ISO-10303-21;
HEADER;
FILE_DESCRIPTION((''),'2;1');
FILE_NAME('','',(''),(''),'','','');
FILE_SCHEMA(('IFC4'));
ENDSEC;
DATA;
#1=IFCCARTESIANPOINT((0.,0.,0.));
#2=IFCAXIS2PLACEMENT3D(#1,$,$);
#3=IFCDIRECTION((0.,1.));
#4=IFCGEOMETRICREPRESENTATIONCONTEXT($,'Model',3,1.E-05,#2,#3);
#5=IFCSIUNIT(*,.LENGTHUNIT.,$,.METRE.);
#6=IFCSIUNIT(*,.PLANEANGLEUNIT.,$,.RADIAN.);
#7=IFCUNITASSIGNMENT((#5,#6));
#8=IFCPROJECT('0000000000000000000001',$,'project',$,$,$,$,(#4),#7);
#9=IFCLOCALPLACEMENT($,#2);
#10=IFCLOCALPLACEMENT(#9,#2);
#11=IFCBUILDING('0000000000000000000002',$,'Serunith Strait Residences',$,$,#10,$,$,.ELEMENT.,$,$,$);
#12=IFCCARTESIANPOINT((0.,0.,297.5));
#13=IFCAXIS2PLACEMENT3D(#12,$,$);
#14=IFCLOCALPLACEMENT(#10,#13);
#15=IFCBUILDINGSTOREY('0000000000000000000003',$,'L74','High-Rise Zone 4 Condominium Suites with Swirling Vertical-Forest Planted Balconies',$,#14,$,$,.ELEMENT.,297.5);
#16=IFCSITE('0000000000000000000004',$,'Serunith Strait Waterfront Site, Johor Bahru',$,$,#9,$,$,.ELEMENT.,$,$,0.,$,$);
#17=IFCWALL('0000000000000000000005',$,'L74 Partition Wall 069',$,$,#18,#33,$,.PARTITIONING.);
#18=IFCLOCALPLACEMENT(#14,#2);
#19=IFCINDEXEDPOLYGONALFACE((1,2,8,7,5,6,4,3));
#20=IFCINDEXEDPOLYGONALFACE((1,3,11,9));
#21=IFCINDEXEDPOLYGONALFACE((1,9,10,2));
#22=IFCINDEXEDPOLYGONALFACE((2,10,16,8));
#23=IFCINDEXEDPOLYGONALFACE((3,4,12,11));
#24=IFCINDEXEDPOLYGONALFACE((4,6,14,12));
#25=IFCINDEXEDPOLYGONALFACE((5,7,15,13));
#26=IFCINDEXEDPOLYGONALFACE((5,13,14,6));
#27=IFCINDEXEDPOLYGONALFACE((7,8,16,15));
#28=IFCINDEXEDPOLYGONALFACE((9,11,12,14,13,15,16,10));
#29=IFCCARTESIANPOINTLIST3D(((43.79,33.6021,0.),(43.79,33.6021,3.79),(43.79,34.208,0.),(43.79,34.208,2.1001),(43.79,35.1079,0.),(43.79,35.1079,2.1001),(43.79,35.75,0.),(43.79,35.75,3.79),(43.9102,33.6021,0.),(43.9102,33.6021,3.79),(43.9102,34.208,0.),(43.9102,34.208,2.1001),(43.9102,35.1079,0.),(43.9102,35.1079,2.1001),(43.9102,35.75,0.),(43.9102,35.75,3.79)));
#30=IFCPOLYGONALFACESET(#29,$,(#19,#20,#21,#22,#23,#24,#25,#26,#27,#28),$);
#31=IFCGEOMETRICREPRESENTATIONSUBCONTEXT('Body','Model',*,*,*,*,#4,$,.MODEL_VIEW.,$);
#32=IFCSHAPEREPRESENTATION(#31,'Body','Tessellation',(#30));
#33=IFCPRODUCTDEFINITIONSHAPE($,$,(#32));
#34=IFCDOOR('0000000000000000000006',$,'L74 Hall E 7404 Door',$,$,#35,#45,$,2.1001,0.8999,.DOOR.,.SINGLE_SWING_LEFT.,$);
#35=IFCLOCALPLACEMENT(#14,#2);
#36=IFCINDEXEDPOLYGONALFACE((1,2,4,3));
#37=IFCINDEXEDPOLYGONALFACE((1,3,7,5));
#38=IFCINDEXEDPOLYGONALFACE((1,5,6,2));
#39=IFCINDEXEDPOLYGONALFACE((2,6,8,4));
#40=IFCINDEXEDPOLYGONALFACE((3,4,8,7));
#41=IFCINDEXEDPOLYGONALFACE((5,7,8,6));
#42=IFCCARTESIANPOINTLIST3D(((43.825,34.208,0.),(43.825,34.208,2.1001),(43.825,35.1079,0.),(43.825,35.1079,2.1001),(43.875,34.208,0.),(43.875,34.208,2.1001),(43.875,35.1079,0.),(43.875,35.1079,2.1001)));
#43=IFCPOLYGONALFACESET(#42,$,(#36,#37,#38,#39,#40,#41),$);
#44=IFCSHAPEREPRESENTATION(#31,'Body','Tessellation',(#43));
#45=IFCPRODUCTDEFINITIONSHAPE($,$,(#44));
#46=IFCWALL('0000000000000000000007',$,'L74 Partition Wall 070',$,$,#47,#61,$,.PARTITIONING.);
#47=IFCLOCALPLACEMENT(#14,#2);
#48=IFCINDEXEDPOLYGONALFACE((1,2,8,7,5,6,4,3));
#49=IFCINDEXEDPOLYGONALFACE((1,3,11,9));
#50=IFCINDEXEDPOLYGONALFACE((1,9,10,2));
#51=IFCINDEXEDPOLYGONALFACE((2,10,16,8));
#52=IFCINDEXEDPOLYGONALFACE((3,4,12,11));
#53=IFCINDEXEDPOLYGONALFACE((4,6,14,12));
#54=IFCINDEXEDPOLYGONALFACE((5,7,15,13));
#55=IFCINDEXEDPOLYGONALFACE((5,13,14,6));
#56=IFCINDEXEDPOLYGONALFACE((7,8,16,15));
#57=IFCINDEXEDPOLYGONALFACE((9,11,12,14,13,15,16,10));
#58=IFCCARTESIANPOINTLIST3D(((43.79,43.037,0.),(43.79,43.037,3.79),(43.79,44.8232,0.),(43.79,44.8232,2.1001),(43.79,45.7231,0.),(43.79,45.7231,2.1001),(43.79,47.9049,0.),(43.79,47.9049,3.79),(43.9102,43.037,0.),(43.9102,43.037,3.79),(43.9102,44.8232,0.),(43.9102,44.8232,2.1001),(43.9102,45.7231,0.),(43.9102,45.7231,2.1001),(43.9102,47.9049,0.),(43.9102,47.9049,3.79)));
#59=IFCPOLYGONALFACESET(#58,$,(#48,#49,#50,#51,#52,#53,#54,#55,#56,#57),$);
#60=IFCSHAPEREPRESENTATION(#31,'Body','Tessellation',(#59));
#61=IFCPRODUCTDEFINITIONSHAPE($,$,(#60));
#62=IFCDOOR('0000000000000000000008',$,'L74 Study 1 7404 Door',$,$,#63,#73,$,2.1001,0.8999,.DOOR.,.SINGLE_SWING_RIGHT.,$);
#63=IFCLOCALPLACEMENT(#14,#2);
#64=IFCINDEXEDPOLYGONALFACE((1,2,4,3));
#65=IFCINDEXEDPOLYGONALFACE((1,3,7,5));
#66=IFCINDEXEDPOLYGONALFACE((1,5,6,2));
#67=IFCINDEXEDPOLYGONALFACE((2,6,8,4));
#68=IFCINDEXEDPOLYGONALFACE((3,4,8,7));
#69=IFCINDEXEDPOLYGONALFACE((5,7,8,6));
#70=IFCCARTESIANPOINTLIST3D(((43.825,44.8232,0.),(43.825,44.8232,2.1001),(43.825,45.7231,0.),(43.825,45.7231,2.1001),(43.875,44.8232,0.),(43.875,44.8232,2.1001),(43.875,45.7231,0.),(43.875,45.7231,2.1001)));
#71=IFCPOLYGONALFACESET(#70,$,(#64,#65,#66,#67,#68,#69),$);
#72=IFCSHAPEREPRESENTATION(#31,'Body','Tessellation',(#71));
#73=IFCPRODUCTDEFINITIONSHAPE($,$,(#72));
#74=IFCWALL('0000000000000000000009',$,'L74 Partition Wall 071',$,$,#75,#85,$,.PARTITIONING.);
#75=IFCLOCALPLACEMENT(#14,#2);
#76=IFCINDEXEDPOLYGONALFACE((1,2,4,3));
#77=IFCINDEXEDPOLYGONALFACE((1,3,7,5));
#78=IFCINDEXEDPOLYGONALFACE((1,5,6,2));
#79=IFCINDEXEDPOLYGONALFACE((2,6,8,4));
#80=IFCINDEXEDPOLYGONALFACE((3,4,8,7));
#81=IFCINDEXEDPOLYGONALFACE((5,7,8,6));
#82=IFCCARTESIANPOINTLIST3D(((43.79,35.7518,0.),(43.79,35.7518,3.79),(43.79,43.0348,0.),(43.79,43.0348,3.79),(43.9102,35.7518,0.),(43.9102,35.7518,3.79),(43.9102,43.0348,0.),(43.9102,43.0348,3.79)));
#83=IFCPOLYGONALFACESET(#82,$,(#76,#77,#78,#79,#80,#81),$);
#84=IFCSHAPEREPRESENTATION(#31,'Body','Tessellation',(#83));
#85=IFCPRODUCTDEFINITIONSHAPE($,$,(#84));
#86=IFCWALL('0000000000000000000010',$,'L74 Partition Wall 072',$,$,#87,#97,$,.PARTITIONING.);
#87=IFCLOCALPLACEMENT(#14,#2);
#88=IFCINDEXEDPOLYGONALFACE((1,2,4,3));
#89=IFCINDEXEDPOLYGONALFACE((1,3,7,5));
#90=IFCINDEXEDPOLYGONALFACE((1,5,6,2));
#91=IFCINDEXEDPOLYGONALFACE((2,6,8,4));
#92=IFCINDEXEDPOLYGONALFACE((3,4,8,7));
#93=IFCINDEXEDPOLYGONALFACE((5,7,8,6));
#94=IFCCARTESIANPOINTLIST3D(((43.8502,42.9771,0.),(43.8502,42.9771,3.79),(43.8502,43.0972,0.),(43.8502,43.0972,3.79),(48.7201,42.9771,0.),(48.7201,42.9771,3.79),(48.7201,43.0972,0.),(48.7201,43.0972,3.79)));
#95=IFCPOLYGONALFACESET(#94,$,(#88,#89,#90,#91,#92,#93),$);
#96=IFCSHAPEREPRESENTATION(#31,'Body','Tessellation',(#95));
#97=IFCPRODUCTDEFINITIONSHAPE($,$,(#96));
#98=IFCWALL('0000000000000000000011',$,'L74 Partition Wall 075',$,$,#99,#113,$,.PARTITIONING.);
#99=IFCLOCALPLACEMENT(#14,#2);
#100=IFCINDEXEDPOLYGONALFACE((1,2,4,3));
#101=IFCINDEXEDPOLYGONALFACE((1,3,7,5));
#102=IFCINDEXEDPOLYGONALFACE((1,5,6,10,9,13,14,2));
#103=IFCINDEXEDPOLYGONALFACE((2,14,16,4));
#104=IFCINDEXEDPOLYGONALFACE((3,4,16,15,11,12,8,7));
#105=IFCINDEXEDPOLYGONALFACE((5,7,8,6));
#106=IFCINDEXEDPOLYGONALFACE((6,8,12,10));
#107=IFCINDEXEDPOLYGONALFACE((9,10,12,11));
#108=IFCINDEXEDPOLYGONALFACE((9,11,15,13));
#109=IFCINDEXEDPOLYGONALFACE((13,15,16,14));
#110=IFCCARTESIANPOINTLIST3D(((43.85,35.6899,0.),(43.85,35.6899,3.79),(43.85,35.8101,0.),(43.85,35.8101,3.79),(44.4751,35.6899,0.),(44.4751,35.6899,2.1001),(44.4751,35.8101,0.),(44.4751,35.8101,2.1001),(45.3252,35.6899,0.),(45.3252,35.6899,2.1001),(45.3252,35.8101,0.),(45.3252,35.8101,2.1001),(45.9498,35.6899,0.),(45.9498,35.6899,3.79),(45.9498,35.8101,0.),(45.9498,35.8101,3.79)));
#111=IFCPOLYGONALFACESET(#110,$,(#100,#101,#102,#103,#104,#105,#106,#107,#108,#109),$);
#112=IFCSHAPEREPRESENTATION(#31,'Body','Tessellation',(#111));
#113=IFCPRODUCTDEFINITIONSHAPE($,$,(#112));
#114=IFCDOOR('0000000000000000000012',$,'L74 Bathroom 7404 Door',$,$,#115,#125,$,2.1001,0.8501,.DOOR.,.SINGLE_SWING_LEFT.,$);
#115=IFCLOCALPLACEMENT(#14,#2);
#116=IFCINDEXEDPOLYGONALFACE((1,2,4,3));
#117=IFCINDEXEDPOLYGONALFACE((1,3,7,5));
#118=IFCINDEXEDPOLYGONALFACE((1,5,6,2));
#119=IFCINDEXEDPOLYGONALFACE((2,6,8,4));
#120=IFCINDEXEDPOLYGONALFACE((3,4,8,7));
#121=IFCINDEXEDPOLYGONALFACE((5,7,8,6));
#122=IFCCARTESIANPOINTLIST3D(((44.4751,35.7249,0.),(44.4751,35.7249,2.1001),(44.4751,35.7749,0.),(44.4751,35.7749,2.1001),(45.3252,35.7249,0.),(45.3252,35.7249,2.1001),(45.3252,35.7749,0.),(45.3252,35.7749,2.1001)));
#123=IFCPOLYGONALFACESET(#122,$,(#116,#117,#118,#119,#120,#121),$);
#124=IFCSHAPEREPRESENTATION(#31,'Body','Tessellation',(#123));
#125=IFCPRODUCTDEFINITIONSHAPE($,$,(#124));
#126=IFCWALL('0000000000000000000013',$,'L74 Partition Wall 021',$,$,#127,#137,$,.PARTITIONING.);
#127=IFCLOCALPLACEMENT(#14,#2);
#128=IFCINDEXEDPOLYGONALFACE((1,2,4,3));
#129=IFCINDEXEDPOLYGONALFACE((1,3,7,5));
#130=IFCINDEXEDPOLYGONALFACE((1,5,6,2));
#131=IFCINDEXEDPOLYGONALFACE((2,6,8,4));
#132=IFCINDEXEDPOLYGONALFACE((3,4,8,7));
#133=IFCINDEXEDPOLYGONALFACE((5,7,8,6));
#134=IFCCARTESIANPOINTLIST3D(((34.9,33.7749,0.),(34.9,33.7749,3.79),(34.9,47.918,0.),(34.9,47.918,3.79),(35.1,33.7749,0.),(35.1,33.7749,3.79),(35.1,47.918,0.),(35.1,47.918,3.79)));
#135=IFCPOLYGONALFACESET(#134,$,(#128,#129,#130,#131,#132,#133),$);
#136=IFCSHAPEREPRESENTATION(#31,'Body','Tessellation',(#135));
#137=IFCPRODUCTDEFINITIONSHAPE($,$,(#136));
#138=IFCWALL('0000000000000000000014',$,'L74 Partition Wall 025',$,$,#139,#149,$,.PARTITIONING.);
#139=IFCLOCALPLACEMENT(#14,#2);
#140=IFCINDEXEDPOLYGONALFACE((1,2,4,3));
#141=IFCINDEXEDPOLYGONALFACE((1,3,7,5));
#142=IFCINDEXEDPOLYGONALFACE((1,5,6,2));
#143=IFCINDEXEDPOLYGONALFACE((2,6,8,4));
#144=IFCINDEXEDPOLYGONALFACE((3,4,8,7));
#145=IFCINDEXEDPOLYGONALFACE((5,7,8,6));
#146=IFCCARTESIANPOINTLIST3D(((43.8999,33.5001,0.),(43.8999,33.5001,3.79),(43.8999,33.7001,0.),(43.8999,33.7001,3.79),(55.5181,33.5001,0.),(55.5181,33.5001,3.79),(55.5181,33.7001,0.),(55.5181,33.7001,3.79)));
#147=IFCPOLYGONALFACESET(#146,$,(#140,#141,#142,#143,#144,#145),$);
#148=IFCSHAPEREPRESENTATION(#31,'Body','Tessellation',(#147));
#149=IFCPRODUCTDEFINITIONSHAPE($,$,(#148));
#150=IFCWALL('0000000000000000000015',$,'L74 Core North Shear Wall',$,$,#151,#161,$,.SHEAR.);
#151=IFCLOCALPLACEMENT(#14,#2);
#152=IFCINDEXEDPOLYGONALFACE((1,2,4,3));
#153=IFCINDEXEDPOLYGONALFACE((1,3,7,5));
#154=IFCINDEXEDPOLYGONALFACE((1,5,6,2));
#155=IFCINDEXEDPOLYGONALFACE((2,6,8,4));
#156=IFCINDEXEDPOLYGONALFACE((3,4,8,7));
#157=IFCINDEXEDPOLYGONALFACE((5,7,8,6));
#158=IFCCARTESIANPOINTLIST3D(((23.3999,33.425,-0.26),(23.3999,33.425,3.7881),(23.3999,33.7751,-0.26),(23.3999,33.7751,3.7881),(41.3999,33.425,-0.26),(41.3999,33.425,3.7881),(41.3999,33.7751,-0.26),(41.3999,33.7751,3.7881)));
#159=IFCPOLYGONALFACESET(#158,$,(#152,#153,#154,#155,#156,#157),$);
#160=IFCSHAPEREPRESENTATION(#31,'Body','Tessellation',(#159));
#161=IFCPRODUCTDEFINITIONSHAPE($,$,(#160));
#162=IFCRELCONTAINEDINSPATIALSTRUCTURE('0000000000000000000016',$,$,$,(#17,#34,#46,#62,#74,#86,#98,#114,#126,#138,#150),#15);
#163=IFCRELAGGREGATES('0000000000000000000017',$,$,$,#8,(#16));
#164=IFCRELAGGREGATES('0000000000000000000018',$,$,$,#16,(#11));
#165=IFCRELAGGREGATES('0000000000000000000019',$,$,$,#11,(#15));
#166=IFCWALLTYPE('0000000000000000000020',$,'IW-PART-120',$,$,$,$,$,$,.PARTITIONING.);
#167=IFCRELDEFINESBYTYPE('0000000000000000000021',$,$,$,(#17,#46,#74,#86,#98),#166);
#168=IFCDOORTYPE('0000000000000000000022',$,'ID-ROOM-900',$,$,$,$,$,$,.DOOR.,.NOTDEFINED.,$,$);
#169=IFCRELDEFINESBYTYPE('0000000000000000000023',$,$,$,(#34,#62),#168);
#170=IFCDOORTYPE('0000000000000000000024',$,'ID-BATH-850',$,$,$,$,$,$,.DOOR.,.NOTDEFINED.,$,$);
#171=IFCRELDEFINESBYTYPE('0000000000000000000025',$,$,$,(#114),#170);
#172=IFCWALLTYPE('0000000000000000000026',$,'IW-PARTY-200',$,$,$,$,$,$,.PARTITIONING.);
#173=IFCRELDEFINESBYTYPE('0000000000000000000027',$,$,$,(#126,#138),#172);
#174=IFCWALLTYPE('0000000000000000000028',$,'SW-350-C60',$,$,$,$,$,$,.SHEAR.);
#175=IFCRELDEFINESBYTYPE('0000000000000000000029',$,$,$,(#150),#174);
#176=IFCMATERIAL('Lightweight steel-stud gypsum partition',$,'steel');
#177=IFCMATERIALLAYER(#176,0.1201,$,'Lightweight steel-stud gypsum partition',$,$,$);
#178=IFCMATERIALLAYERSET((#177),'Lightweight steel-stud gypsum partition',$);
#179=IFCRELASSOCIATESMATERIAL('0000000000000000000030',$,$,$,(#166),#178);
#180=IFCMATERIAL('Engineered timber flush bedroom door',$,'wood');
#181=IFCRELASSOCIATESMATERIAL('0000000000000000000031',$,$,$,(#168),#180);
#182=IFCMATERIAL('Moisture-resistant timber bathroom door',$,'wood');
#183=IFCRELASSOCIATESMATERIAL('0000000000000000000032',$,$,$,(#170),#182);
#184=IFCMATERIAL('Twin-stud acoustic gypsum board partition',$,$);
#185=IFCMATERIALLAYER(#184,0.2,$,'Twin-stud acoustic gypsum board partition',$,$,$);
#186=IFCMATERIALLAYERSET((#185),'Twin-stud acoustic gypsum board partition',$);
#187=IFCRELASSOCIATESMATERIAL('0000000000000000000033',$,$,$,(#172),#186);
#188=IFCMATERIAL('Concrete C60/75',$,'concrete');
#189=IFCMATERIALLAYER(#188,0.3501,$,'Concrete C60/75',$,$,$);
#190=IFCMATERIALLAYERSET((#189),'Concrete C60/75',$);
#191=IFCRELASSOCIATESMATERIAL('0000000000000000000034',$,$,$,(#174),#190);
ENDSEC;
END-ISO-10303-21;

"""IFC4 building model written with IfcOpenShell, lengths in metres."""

from ifc_helpers import new_model, si_unit, direction, frame, frame_2d, origin, place, context, subcontext, project, spatial, rectangle, extrude, source, transform, mapped, material, layer, layer_set, type_object, element, fill, save


model = new_model("IFC4")

# Units and contexts
model_context = context("Model", 3, precision=1e-05, world=origin(), true_north=direction((0.0, 1.0)))
body_context = subcontext(model_context, "Body", "Model", "MODEL_VIEW")
ifc_project = project(units=[si_unit("LENGTHUNIT", "METRE"), si_unit("PLANEANGLEUNIT", "RADIAN")], contexts=[model_context])

# Site, building, storey
site_placement = place(None, origin())
site = spatial("IfcSite", under=ifc_project, at=site_placement, Name="Serunith Strait Waterfront Site, Johor Bahru", CompositionType="ELEMENT", RefElevation=0.0)
building_placement = place(site_placement, origin())
building = spatial("IfcBuilding", under=site, at=building_placement, Name="Serunith Strait Residences", CompositionType="ELEMENT")
storey_placement = place(building_placement, frame((0.0, 0.0, 297.5)))
storey = spatial("IfcBuildingStorey", under=building, at=storey_placement, Name="L74", Description="High-Rise Zone 4 Condominium Suites with Swirling Vertical-Forest Planted Balconies", CompositionType="ELEMENT", Elevation=297.5)

# Walls, openings, doors
ifc_material_1 = material(Name="Lightweight steel-stud gypsum partition", Category="steel")
ifc_layer_1 = layer(ifc_material_1, 0.1201, Name="Lightweight steel-stud gypsum partition")
ifc_layer_set_1 = layer_set([ifc_layer_1], Name="Lightweight steel-stud gypsum partition")
wall_type_1 = type_object("IfcWallType", Name="IW-PART-120", PredefinedType="PARTITIONING", material=ifc_layer_set_1)
wall_1_placement = place(storey_placement, frame((43.8501, 35.75, 0.0), z_axis=(0.0, 0.0, 1.0), x_axis=(0.0, -1.0, 0.0)))
wall_1 = element("IfcWall", 1, at=wall_1_placement, inside=storey, type_object=wall_type_1, Name="L74 Partition Wall 069", PredefinedType="PARTITIONING", context=body_context, shape_type="SweptSolid", body=[
    extrude(rectangle(XDim=2.1479, YDim=0.1201, at=frame_2d((1.074, 0.0))), origin(), (0.0, 0.0, 1.0), 3.79),
])
opening_1_placement = place(wall_1_placement, frame((0.6421, 0.0, 0.0)))
opening_1 = element("IfcOpeningElement", 2, at=opening_1_placement, cuts=wall_1, PredefinedType="OPENING", context=body_context, shape_type="SweptSolid", body=[
    extrude(rectangle(XDim=0.8999, YDim=2.1001, at=frame_2d((0.45, 1.05))), frame((0.0, 0.0701, 0.0), z_axis=(0.0, -1.0, 0.0), x_axis=(1.0, 0.0, 0.0)), (0.0, 0.0, 1.0), 0.1401),
])
ifc_material_2 = material(Name="Engineered timber flush bedroom door", Category="wood")
door_type_1 = type_object("IfcDoorType", Name="ID-ROOM-900", OperationType="NOTDEFINED", PredefinedType="DOOR", material=ifc_material_2)
shared_shape_1 = source(origin(), body_context, "Body", "SweptSolid", [
    extrude(rectangle(XDim=0.8999, YDim=2.1001, at=frame_2d((0.45, 1.05))), frame((0.0, 0.0249, 0.0), z_axis=(0.0, -1.0, 0.0), x_axis=(1.0, 0.0, 0.0)), (0.0, 0.0, 1.0), 0.05),
])
door_1_placement = place(opening_1_placement, origin())
door_1 = element("IfcDoor", 3, at=door_1_placement, inside=storey, type_object=door_type_1, Name="L74 Hall E 7404 Door", OperationType="SINGLE_SWING_LEFT", OverallHeight=2.1001, OverallWidth=0.8999, PredefinedType="DOOR", context=body_context, shape_type="MappedRepresentation", body=[
    mapped(shared_shape_1, transform((0.0, 0.0, 0.0), scale=1.0)),
])
fill(opening_1, door_1)
wall_2_placement = place(storey_placement, frame((43.8501, 47.905, 0.0), z_axis=(0.0, 0.0, 1.0), x_axis=(0.0, -1.0, 0.0)))
wall_2 = element("IfcWall", 4, at=wall_2_placement, inside=storey, type_object=wall_type_1, Name="L74 Partition Wall 070", PredefinedType="PARTITIONING", context=body_context, shape_type="SweptSolid", body=[
    extrude(rectangle(XDim=4.8679, YDim=0.1201, at=frame_2d((2.4341, 0.0))), origin(), (0.0, 0.0, 1.0), 3.79),
])
opening_2_placement = place(wall_2_placement, frame((2.1819, 0.0, 0.0)))
opening_2 = element("IfcOpeningElement", 5, at=opening_2_placement, cuts=wall_2, PredefinedType="OPENING", context=body_context, shape_type="SweptSolid", body=[
    extrude(rectangle(XDim=0.8999, YDim=2.1001, at=frame_2d((0.45, 1.05))), frame((0.0, 0.0701, 0.0), z_axis=(0.0, -1.0, 0.0), x_axis=(1.0, 0.0, 0.0)), (0.0, 0.0, 1.0), 0.1401),
])
door_2_placement = place(opening_2_placement, origin())
door_2 = element("IfcDoor", 6, at=door_2_placement, inside=storey, type_object=door_type_1, Name="L74 Study 1 7404 Door", OperationType="SINGLE_SWING_RIGHT", OverallHeight=2.1001, OverallWidth=0.8999, PredefinedType="DOOR", context=body_context, shape_type="MappedRepresentation", body=[
    mapped(shared_shape_1, transform((0.0, 0.0, 0.0), scale=1.0)),
])
fill(opening_2, door_2)

# Walls
wall_3_placement = place(storey_placement, frame((43.8501, 43.0349, 0.0), z_axis=(0.0, 0.0, 1.0), x_axis=(0.0, -1.0, 0.0)))
element("IfcWall", 7, at=wall_3_placement, inside=storey, type_object=wall_type_1, Name="L74 Partition Wall 071", PredefinedType="PARTITIONING", context=body_context, shape_type="SweptSolid", body=[
    extrude(rectangle(XDim=7.283, YDim=0.1201, at=frame_2d((3.6416, 0.0))), origin(), (0.0, 0.0, 1.0), 3.79),
])
wall_4_placement = place(storey_placement, frame((43.8501, 43.0371, 0.0), z_axis=(0.0, 0.0, 1.0), x_axis=(1.0, 0.0, 0.0)))
element("IfcWall", 8, at=wall_4_placement, inside=storey, type_object=wall_type_1, Name="L74 Partition Wall 072", PredefinedType="PARTITIONING", context=body_context, shape_type="SweptSolid", body=[
    extrude(rectangle(XDim=4.8699, YDim=0.1201, at=frame_2d((2.4351, 0.0))), origin(), (0.0, 0.0, 1.0), 3.79),
])

# Wall, opening, door
wall_5_placement = place(storey_placement, frame((43.8501, 35.75, 0.0), z_axis=(0.0, 0.0, 1.0), x_axis=(1.0, 0.0, 0.0)))
wall_5 = element("IfcWall", 9, at=wall_5_placement, inside=storey, type_object=wall_type_1, Name="L74 Partition Wall 075", PredefinedType="PARTITIONING", context=body_context, shape_type="SweptSolid", body=[
    extrude(rectangle(XDim=2.0999, YDim=0.1201, at=frame_2d((1.0498, 0.0))), origin(), (0.0, 0.0, 1.0), 3.79),
])
opening_3_placement = place(wall_5_placement, frame((0.625, 0.0, 0.0)))
opening_3 = element("IfcOpeningElement", 10, at=opening_3_placement, cuts=wall_5, PredefinedType="OPENING", context=body_context, shape_type="SweptSolid", body=[
    extrude(rectangle(XDim=0.8501, YDim=2.1001, at=frame_2d((0.425, 1.05))), frame((0.0, 0.0701, 0.0), z_axis=(0.0, -1.0, 0.0), x_axis=(1.0, 0.0, 0.0)), (0.0, 0.0, 1.0), 0.1401),
])
ifc_material_3 = material(Name="Moisture-resistant timber bathroom door", Category="wood")
door_type_2 = type_object("IfcDoorType", Name="ID-BATH-850", OperationType="NOTDEFINED", PredefinedType="DOOR", material=ifc_material_3)
shared_shape_2 = source(origin(), body_context, "Body", "SweptSolid", [
    extrude(rectangle(XDim=0.8501, YDim=2.1001, at=frame_2d((0.425, 1.05))), frame((0.0, 0.0249, 0.0), z_axis=(0.0, -1.0, 0.0), x_axis=(1.0, 0.0, 0.0)), (0.0, 0.0, 1.0), 0.05),
])
door_3_placement = place(opening_3_placement, origin())
door_3 = element("IfcDoor", 11, at=door_3_placement, inside=storey, type_object=door_type_2, Name="L74 Bathroom 7404 Door", OperationType="SINGLE_SWING_LEFT", OverallHeight=2.1001, OverallWidth=0.8501, PredefinedType="DOOR", context=body_context, shape_type="MappedRepresentation", body=[
    mapped(shared_shape_2, transform((0.0, 0.0, 0.0), scale=1.0)),
])
fill(opening_3, door_3)

# Walls
ifc_material_4 = material(Name="Twin-stud acoustic gypsum board partition")
ifc_layer_2 = layer(ifc_material_4, 0.2, Name="Twin-stud acoustic gypsum board partition")
ifc_layer_set_2 = layer_set([ifc_layer_2], Name="Twin-stud acoustic gypsum board partition")
wall_type_2 = type_object("IfcWallType", Name="IW-PARTY-200", PredefinedType="PARTITIONING", material=ifc_layer_set_2)
wall_6_placement = place(storey_placement, frame((35.0, 33.7749, 0.0), z_axis=(0.0, 0.0, 1.0), x_axis=(0.0, 1.0, 0.0)))
element("IfcWall", 12, at=wall_6_placement, inside=storey, type_object=wall_type_2, Name="L74 Partition Wall 021", PredefinedType="PARTITIONING", context=body_context, shape_type="SweptSolid", body=[
    extrude(rectangle(XDim=14.1431, YDim=0.2, at=frame_2d((7.0715, 0.0))), origin(), (0.0, 0.0, 1.0), 3.79),
])
wall_7_placement = place(storey_placement, frame((43.8999, 33.6001, 0.0), z_axis=(0.0, 0.0, 1.0), x_axis=(1.0, 0.0, 0.0)))
element("IfcWall", 13, at=wall_7_placement, inside=storey, type_object=wall_type_2, Name="L74 Partition Wall 025", PredefinedType="PARTITIONING", context=body_context, shape_type="SweptSolid", body=[
    extrude(rectangle(XDim=11.6182, YDim=0.2, at=frame_2d((5.8091, 0.0))), origin(), (0.0, 0.0, 1.0), 3.79),
])
ifc_material_5 = material(Name="Concrete C60/75", Category="concrete")
ifc_layer_3 = layer(ifc_material_5, 0.3501, Name="Concrete C60/75")
ifc_layer_set_3 = layer_set([ifc_layer_3], Name="Concrete C60/75")
wall_type_3 = type_object("IfcWallType", Name="SW-350-C60", PredefinedType="SHEAR", material=ifc_layer_set_3)
wall_8_placement = place(storey_placement, frame((41.3999, 33.6001, -0.26), z_axis=(0.0, 0.0, 1.0), x_axis=(-1.0, 0.0, 0.0)))
element("IfcWall", 14, at=wall_8_placement, inside=storey, type_object=wall_type_3, Name="L74 Core North Shear Wall", PredefinedType="SHEAR", context=body_context, shape_type="SweptSolid", body=[
    extrude(rectangle(XDim=18.0, YDim=0.3501, at=frame_2d((9.0, 0.0))), origin(), (0.0, 0.0, 1.0), 4.0481),
])

save(model, "model.ifc")
